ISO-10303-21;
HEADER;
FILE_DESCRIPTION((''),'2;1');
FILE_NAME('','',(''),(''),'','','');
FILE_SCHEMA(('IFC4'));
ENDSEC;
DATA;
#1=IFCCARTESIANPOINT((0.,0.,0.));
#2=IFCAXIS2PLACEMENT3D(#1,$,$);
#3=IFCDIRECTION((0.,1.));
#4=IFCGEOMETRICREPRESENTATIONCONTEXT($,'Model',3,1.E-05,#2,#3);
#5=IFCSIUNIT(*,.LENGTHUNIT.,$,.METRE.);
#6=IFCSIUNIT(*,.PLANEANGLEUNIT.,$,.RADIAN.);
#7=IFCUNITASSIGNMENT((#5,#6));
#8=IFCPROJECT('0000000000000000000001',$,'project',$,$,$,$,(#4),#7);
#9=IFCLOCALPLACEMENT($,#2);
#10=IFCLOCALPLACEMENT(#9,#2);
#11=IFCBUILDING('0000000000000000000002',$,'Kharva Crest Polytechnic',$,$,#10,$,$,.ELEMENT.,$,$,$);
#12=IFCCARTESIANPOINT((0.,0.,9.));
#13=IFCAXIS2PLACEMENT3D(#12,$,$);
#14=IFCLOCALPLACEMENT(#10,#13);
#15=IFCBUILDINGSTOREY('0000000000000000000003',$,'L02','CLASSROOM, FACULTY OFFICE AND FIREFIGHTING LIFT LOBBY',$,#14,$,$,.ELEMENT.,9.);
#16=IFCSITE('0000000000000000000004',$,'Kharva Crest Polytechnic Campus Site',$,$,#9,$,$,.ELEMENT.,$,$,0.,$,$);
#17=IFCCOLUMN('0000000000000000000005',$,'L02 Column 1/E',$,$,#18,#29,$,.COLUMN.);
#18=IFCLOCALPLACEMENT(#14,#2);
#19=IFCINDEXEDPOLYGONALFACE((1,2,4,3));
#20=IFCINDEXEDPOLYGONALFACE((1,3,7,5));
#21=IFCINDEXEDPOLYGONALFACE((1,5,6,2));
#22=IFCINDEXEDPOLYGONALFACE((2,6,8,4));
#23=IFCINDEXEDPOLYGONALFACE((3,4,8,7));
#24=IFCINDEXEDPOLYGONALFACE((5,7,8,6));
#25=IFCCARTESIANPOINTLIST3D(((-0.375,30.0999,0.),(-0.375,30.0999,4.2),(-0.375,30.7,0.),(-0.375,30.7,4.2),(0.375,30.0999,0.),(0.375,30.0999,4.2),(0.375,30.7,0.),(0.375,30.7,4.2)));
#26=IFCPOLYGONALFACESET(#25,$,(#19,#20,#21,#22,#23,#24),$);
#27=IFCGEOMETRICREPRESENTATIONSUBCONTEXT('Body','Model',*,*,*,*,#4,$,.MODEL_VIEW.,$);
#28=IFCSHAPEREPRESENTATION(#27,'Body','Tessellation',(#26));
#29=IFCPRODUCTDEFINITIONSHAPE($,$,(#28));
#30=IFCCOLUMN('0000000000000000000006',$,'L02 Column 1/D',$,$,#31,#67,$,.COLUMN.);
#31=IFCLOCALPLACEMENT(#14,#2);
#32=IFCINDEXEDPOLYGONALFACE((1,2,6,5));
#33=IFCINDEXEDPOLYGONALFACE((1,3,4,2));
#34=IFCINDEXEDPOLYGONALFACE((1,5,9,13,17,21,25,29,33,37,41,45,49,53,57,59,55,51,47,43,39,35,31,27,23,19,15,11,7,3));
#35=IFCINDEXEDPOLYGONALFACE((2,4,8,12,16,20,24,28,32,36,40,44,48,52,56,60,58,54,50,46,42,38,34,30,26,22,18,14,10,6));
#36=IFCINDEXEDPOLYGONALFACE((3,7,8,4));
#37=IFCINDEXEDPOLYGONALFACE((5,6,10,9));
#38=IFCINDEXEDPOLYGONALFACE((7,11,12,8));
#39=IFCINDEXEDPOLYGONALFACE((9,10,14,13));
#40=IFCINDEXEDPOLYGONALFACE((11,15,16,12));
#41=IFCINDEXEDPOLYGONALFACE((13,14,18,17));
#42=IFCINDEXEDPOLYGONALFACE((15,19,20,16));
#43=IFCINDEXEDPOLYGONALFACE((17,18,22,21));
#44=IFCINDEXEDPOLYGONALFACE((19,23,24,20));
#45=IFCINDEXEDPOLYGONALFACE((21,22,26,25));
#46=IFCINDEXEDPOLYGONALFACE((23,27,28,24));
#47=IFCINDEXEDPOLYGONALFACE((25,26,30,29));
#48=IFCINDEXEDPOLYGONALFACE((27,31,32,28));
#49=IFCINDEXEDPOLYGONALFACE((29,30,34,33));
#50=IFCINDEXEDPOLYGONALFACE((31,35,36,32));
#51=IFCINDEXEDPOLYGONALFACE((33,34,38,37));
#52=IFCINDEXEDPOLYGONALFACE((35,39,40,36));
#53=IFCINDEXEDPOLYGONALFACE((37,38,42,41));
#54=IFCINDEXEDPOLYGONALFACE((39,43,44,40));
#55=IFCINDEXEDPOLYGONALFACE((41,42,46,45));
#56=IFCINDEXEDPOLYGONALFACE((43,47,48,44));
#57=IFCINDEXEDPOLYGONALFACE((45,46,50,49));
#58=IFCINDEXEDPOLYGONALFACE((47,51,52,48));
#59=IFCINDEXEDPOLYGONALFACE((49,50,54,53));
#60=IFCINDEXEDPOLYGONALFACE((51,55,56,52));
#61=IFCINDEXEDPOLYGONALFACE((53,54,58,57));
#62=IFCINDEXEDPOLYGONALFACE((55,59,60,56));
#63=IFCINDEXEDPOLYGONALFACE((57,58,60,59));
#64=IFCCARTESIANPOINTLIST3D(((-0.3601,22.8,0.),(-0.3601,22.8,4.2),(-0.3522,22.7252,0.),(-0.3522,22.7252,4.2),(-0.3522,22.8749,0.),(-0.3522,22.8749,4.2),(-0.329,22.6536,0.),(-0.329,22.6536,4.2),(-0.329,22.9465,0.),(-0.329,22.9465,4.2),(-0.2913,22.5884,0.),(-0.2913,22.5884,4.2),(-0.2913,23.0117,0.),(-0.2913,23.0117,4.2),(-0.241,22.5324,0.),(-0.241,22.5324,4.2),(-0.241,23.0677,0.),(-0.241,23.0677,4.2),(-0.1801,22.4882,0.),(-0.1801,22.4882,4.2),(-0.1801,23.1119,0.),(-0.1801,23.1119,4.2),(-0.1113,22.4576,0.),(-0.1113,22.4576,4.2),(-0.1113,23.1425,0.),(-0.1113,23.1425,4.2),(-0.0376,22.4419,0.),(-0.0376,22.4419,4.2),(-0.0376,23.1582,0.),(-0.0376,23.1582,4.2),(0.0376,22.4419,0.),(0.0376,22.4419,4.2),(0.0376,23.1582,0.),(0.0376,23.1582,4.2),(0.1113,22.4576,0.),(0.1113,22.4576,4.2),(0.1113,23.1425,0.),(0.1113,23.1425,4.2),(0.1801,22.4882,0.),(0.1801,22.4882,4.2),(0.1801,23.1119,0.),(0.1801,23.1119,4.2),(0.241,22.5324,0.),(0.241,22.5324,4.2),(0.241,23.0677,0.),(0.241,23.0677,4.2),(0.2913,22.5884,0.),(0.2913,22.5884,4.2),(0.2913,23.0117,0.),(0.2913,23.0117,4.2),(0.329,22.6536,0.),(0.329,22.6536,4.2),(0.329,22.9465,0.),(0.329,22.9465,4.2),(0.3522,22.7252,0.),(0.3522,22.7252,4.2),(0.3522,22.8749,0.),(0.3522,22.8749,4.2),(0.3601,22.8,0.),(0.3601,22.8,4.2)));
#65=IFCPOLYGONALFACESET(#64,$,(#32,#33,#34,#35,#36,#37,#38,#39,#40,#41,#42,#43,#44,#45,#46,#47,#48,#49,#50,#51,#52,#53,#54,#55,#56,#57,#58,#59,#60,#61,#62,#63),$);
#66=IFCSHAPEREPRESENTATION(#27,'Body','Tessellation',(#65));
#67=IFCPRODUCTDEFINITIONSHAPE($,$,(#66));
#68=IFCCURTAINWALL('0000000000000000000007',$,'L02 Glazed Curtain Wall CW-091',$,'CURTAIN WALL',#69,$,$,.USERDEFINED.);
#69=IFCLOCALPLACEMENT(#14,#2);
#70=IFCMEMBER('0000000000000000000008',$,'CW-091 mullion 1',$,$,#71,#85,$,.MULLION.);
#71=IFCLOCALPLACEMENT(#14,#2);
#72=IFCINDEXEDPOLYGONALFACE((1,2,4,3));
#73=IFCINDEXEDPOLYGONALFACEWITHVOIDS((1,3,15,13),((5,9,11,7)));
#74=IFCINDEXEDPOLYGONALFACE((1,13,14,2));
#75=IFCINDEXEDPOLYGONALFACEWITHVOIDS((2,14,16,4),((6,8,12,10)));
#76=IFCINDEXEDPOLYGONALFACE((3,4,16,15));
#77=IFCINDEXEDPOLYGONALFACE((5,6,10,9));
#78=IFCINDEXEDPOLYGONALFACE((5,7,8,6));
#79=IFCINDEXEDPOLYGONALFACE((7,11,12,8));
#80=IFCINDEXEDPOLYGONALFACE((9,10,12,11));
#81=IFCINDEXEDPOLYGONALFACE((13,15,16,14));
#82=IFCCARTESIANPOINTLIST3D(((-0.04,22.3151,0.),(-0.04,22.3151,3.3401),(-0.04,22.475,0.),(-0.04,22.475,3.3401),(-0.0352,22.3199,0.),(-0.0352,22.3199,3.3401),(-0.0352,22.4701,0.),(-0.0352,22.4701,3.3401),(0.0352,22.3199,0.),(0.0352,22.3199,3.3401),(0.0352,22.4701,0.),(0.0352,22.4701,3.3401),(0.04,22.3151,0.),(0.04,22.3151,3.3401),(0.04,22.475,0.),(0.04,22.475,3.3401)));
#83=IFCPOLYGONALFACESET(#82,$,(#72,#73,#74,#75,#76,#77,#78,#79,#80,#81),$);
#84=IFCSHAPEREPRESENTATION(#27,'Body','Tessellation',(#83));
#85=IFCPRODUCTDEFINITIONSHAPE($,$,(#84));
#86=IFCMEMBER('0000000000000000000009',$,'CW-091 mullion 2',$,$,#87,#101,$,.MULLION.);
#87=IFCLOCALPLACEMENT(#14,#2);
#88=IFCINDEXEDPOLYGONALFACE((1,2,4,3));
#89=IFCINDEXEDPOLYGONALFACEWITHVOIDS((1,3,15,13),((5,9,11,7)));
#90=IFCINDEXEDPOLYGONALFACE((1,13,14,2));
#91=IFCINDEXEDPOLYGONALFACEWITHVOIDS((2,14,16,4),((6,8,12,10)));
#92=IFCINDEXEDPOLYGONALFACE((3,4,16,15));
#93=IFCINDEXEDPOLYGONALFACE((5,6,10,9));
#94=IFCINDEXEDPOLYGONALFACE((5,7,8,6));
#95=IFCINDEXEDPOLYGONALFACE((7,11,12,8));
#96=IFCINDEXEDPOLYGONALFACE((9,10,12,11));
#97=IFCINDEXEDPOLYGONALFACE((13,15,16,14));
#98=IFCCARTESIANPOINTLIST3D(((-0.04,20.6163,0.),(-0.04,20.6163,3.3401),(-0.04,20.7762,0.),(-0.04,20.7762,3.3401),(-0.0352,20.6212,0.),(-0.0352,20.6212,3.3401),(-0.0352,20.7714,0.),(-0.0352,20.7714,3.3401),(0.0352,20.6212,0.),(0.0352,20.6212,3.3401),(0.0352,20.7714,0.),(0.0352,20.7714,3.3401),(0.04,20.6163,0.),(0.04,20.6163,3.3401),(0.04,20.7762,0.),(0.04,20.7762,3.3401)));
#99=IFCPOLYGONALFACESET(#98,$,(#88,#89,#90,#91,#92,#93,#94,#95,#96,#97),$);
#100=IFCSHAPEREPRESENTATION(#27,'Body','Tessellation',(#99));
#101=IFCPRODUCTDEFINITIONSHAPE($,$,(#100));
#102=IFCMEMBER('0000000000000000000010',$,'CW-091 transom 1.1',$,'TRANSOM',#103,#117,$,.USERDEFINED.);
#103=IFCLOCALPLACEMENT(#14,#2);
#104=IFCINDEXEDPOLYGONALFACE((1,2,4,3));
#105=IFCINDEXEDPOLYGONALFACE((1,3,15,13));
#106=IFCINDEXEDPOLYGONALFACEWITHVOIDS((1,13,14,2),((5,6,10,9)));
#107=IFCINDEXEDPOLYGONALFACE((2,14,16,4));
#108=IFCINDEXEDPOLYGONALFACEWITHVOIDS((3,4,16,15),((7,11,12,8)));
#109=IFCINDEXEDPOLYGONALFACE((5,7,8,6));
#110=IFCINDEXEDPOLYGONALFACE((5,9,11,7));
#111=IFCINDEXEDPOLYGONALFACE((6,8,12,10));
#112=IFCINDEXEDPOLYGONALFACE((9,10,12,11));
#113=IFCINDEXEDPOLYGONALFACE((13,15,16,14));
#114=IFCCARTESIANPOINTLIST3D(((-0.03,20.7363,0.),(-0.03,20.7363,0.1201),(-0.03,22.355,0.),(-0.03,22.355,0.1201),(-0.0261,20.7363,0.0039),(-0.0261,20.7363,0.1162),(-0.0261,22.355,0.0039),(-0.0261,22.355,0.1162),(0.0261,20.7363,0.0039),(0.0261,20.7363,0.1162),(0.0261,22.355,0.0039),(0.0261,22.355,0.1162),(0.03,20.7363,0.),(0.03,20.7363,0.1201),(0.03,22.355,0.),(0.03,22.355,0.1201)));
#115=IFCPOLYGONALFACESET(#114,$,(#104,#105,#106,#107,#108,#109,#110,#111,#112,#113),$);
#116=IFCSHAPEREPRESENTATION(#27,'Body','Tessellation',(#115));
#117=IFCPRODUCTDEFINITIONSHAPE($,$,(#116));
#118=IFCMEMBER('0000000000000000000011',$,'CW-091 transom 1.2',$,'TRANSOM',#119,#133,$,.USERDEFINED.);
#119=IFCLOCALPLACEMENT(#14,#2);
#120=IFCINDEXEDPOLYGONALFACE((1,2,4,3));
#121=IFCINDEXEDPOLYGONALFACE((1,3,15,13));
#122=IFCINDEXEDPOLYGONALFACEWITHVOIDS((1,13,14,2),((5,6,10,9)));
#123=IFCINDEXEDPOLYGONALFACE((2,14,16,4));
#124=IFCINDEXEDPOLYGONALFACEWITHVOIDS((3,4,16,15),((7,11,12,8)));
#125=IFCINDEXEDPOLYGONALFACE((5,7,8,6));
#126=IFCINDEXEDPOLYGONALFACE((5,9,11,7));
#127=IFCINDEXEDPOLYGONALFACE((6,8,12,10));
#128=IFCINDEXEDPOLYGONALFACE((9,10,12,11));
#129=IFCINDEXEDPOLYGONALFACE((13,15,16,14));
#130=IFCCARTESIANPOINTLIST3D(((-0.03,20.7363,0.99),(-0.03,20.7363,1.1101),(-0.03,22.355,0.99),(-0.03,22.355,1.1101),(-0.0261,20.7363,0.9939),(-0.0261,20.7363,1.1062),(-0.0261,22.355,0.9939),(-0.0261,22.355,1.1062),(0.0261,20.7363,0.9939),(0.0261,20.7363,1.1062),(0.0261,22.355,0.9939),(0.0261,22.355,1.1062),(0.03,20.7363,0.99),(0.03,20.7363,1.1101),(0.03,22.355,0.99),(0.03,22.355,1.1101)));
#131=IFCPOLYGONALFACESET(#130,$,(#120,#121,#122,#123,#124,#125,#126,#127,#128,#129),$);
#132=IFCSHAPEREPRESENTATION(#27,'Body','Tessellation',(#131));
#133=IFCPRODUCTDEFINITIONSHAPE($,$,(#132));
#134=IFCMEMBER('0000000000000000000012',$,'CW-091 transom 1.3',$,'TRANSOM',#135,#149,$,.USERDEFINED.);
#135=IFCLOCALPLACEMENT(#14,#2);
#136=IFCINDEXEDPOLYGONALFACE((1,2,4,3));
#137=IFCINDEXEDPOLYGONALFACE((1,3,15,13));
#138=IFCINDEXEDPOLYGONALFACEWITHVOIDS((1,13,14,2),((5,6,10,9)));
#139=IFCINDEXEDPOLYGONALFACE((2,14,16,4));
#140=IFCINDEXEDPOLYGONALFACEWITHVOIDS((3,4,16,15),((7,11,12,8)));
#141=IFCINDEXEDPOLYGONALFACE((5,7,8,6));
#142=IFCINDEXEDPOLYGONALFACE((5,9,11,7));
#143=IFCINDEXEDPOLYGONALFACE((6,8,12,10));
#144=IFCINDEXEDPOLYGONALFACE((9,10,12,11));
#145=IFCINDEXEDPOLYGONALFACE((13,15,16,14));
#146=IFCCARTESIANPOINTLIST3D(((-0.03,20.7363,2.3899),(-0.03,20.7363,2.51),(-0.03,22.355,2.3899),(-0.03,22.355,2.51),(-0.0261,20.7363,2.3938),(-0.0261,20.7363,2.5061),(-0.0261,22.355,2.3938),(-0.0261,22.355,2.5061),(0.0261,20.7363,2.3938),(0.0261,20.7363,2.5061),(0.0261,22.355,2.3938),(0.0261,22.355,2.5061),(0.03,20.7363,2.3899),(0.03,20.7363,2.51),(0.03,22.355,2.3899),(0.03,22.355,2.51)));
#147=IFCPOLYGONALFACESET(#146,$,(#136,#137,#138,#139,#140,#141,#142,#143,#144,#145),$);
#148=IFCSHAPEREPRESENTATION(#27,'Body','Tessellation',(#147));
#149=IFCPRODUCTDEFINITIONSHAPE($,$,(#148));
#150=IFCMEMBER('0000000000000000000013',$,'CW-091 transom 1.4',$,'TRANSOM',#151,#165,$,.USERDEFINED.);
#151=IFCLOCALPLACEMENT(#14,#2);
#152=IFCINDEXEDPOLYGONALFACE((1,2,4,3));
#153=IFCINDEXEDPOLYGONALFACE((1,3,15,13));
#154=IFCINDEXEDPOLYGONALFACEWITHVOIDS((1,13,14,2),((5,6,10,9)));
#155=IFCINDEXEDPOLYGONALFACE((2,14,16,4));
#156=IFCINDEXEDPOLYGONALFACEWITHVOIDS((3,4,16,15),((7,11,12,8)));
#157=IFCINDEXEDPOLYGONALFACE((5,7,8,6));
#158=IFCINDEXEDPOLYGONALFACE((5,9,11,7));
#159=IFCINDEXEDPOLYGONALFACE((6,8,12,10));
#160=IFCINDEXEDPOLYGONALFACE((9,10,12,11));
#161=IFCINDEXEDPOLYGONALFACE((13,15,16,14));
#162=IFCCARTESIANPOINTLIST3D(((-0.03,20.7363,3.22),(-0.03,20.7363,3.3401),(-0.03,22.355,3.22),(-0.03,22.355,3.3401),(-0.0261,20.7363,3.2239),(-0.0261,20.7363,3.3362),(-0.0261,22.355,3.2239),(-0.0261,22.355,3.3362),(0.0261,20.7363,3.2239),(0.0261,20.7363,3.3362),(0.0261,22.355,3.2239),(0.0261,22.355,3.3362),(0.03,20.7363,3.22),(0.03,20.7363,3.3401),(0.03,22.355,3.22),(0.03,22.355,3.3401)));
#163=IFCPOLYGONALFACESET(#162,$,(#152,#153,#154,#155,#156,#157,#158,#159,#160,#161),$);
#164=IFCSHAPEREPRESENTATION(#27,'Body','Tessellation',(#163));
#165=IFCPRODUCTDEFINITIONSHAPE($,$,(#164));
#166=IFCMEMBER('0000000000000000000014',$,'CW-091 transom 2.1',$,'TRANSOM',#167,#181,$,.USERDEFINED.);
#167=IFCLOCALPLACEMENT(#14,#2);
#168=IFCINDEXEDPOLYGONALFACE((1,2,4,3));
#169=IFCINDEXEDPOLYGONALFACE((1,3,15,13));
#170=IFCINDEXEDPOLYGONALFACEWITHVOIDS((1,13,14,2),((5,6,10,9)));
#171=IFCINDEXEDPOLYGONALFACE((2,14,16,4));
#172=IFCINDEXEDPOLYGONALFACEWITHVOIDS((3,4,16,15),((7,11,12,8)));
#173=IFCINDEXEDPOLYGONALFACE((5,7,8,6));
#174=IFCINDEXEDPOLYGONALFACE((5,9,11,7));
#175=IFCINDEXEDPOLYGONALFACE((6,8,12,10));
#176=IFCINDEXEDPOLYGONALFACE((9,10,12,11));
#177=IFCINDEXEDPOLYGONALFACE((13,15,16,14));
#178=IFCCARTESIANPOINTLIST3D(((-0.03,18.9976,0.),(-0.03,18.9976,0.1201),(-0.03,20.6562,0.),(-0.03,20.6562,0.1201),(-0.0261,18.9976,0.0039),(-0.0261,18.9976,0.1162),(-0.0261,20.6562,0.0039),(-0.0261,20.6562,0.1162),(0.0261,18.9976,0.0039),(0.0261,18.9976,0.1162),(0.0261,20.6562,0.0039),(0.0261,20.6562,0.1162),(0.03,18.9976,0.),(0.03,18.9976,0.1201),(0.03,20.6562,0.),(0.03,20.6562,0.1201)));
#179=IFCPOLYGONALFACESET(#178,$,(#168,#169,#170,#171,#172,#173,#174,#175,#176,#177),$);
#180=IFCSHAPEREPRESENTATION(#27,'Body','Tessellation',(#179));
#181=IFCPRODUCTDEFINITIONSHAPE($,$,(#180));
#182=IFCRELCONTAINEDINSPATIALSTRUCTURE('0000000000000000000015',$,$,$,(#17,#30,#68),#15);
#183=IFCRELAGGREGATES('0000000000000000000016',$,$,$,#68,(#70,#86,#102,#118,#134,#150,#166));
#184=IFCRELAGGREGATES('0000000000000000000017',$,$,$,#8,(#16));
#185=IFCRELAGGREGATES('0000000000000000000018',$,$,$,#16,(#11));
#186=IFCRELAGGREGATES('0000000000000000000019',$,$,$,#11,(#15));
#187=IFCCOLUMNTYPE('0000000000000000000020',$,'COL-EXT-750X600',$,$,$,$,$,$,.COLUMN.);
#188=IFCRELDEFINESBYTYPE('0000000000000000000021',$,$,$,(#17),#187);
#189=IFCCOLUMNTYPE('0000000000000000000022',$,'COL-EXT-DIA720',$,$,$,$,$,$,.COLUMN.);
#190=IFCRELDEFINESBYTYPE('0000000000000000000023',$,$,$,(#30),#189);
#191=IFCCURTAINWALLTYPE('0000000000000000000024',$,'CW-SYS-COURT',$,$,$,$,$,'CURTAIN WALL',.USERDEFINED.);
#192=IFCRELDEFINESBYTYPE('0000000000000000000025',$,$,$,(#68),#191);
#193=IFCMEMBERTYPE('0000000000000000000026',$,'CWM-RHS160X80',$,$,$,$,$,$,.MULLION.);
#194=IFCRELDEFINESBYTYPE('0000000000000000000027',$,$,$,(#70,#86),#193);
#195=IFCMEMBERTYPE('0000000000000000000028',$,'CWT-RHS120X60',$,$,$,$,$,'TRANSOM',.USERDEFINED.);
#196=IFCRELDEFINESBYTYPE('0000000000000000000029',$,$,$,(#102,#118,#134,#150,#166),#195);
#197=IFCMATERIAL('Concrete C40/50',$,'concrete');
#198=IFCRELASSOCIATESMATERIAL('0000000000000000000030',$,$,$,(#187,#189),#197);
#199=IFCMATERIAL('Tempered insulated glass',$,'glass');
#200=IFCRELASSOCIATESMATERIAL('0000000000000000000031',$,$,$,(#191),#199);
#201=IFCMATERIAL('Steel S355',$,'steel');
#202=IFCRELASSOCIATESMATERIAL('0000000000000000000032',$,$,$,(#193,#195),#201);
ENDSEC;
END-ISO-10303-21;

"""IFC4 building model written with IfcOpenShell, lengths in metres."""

from ifc_helpers import new_model, si_unit, direction, frame, origin, origin_2d, place, context, subcontext, project, spatial, rectangle, hollow_rectangle, circle, extrude, material, material_profile, profile_set, type_object, element, aggregate, save


model = new_model("IFC4")

# Units and contexts
model_context = context("Model", 3, precision=1e-05, world=origin(), true_north=direction((0.0, 1.0)))
body_context = subcontext(model_context, "Body", "Model", "MODEL_VIEW")
ifc_project = project(units=[si_unit("LENGTHUNIT", "METRE"), si_unit("PLANEANGLEUNIT", "RADIAN")], contexts=[model_context])

# Site, building, storey
site_placement = place(None, origin())
site = spatial("IfcSite", under=ifc_project, at=site_placement, Name="Kharva Crest Polytechnic Campus Site", CompositionType="ELEMENT", RefElevation=0.0)
building_placement = place(site_placement, origin())
building = spatial("IfcBuilding", under=site, at=building_placement, Name="Kharva Crest Polytechnic", CompositionType="ELEMENT")
storey_placement = place(building_placement, frame((0.0, 0.0, 9.0)))
storey = spatial("IfcBuildingStorey", under=building, at=storey_placement, Name="L02", Description="CLASSROOM, FACULTY OFFICE AND FIREFIGHTING LIFT LOBBY", CompositionType="ELEMENT", Elevation=9.0)

# Columns
ifc_material_1 = material(Name="Concrete C40/50", Category="concrete")
ifc_material_profile_1 = material_profile(ifc_material_1, rectangle(XDim=0.75, YDim=0.6001, at=origin_2d()), Name="RECT 750 X 600")
ifc_profile_set_1 = profile_set([ifc_material_profile_1], Name="Concrete C40/50")
column_type_1 = type_object("IfcColumnType", Name="COL-EXT-750X600", PredefinedType="COLUMN", material=ifc_profile_set_1)
column_1_placement = place(storey_placement, frame((0.0, 30.3999, 0.0), z_axis=(0.0, 0.0, 1.0), x_axis=(1.0, 0.0, 0.0)))
element("IfcColumn", 1, at=column_1_placement, inside=storey, type_object=column_type_1, Name="L02 Column 1/E", PredefinedType="COLUMN", context=body_context, shape_type="SweptSolid", body=[
    extrude(rectangle(XDim=0.75, YDim=0.6001, at=origin_2d()), origin(), (0.0, 0.0, 1.0), 4.2),
])
ifc_material_profile_2 = material_profile(ifc_material_1, circle(Radius=0.3601, at=origin_2d()), Name="DIA 720")
ifc_profile_set_2 = profile_set([ifc_material_profile_2], Name="Concrete C40/50")
column_type_2 = type_object("IfcColumnType", Name="COL-EXT-DIA720", PredefinedType="COLUMN", material=ifc_profile_set_2)
column_2_placement = place(storey_placement, frame((0.0, 22.8, 0.0), z_axis=(0.0, 0.0, 1.0), x_axis=(1.0, 0.0, 0.0)))
element("IfcColumn", 2, at=column_2_placement, inside=storey, type_object=column_type_2, Name="L02 Column 1/D", PredefinedType="COLUMN", context=body_context, shape_type="SweptSolid", body=[
    extrude(circle(Radius=0.3601, at=origin_2d()), origin(), (0.0, 0.0, 1.0), 4.2),
])

# Curtain wall, members
ifc_material_2 = material(Name="Tempered insulated glass", Category="glass")
curtain_wall_type = type_object("IfcCurtainWallType", Name="CW-SYS-COURT", ElementType="CURTAIN WALL", PredefinedType="USERDEFINED", material=ifc_material_2)
curtain_wall_placement = place(storey_placement, origin())
curtain_wall = element("IfcCurtainWall", 3, at=curtain_wall_placement, inside=storey, type_object=curtain_wall_type, Name="L02 Glazed Curtain Wall CW-091", ObjectType="CURTAIN WALL", PredefinedType="USERDEFINED")
ifc_material_3 = material(Name="Steel S355", Category="steel")
ifc_material_profile_3 = material_profile(ifc_material_3, hollow_rectangle(XDim=0.0801, YDim=0.1599, WallThickness=0.0049, at=origin_2d()), Name="RHS 160X80X5.0")
ifc_profile_set_3 = profile_set([ifc_material_profile_3], Name="Steel S355")
member_type_1 = type_object("IfcMemberType", Name="CWM-RHS160X80", PredefinedType="MULLION", material=ifc_profile_set_3)
member_1_placement = place(storey_placement, frame((0.0, 22.395, 0.0), z_axis=(0.0, 0.0, 1.0), x_axis=(1.0, 0.0, 0.0)))
member_1 = element("IfcMember", 4, at=member_1_placement, type_object=member_type_1, Name="CW-091 mullion 1", PredefinedType="MULLION", context=body_context, shape_type="SweptSolid", body=[
    extrude(hollow_rectangle(XDim=0.0801, YDim=0.1599, WallThickness=0.0049, at=origin_2d()), origin(), (0.0, 0.0, 1.0), 3.3401),
])
member_2_placement = place(storey_placement, frame((0.0, 20.6963, 0.0), z_axis=(0.0, 0.0, 1.0), x_axis=(1.0, 0.0, 0.0)))
member_2 = element("IfcMember", 5, at=member_2_placement, type_object=member_type_1, Name="CW-091 mullion 2", PredefinedType="MULLION", context=body_context, shape_type="SweptSolid", body=[
    extrude(hollow_rectangle(XDim=0.0801, YDim=0.1599, WallThickness=0.0049, at=origin_2d()), origin(), (0.0, 0.0, 1.0), 3.3401),
])
ifc_material_profile_4 = material_profile(ifc_material_3, hollow_rectangle(XDim=0.0601, YDim=0.1201, WallThickness=0.0039, at=origin_2d()), Name="RHS 120X60X4.0")
ifc_profile_set_4 = profile_set([ifc_material_profile_4], Name="Steel S355")
member_type_2 = type_object("IfcMemberType", Name="CWT-RHS120X60", ElementType="TRANSOM", PredefinedType="USERDEFINED", material=ifc_profile_set_4)
member_3_placement = place(storey_placement, frame((0.0, 22.355, 0.0601), z_axis=(0.0, -1.0, 0.0), x_axis=(1.0, 0.0, 0.0)))
member_3 = element("IfcMember", 6, at=member_3_placement, type_object=member_type_2, Name="CW-091 transom 1.1", ObjectType="TRANSOM", PredefinedType="USERDEFINED", context=body_context, shape_type="SweptSolid", body=[
    extrude(hollow_rectangle(XDim=0.0601, YDim=0.1201, WallThickness=0.0039, at=origin_2d()), origin(), (0.0, 0.0, 1.0), 1.6187),
])
member_4_placement = place(storey_placement, frame((0.0, 22.355, 1.05), z_axis=(0.0, -1.0, 0.0), x_axis=(1.0, 0.0, 0.0)))
member_4 = element("IfcMember", 7, at=member_4_placement, type_object=member_type_2, Name="CW-091 transom 1.2", ObjectType="TRANSOM", PredefinedType="USERDEFINED", context=body_context, shape_type="SweptSolid", body=[
    extrude(hollow_rectangle(XDim=0.0601, YDim=0.1201, WallThickness=0.0039, at=origin_2d()), origin(), (0.0, 0.0, 1.0), 1.6187),
])
member_5_placement = place(storey_placement, frame((0.0, 22.355, 2.45), z_axis=(0.0, -1.0, 0.0), x_axis=(1.0, 0.0, 0.0)))
member_5 = element("IfcMember", 8, at=member_5_placement, type_object=member_type_2, Name="CW-091 transom 1.3", ObjectType="TRANSOM", PredefinedType="USERDEFINED", context=body_context, shape_type="SweptSolid", body=[
    extrude(hollow_rectangle(XDim=0.0601, YDim=0.1201, WallThickness=0.0039, at=origin_2d()), origin(), (0.0, 0.0, 1.0), 1.6187),
])
member_6_placement = place(storey_placement, frame((0.0, 22.355, 3.28), z_axis=(0.0, -1.0, 0.0), x_axis=(1.0, 0.0, 0.0)))
member_6 = element("IfcMember", 9, at=member_6_placement, type_object=member_type_2, Name="CW-091 transom 1.4", ObjectType="TRANSOM", PredefinedType="USERDEFINED", context=body_context, shape_type="SweptSolid", body=[
    extrude(hollow_rectangle(XDim=0.0601, YDim=0.1201, WallThickness=0.0039, at=origin_2d()), origin(), (0.0, 0.0, 1.0), 1.6187),
])
member_7_placement = place(storey_placement, frame((0.0, 20.6562, 0.0601), z_axis=(0.0, -1.0, 0.0), x_axis=(1.0, 0.0, 0.0)))
member_7 = element("IfcMember", 10, at=member_7_placement, type_object=member_type_2, Name="CW-091 transom 2.1", ObjectType="TRANSOM", PredefinedType="USERDEFINED", context=body_context, shape_type="SweptSolid", body=[
    extrude(hollow_rectangle(XDim=0.0601, YDim=0.1201, WallThickness=0.0039, at=origin_2d()), origin(), (0.0, 0.0, 1.0), 1.6587),
])

aggregate(curtain_wall, [member_1, member_2, member_3, member_4, member_5, member_6, member_7])

save(model, "model.ifc")
